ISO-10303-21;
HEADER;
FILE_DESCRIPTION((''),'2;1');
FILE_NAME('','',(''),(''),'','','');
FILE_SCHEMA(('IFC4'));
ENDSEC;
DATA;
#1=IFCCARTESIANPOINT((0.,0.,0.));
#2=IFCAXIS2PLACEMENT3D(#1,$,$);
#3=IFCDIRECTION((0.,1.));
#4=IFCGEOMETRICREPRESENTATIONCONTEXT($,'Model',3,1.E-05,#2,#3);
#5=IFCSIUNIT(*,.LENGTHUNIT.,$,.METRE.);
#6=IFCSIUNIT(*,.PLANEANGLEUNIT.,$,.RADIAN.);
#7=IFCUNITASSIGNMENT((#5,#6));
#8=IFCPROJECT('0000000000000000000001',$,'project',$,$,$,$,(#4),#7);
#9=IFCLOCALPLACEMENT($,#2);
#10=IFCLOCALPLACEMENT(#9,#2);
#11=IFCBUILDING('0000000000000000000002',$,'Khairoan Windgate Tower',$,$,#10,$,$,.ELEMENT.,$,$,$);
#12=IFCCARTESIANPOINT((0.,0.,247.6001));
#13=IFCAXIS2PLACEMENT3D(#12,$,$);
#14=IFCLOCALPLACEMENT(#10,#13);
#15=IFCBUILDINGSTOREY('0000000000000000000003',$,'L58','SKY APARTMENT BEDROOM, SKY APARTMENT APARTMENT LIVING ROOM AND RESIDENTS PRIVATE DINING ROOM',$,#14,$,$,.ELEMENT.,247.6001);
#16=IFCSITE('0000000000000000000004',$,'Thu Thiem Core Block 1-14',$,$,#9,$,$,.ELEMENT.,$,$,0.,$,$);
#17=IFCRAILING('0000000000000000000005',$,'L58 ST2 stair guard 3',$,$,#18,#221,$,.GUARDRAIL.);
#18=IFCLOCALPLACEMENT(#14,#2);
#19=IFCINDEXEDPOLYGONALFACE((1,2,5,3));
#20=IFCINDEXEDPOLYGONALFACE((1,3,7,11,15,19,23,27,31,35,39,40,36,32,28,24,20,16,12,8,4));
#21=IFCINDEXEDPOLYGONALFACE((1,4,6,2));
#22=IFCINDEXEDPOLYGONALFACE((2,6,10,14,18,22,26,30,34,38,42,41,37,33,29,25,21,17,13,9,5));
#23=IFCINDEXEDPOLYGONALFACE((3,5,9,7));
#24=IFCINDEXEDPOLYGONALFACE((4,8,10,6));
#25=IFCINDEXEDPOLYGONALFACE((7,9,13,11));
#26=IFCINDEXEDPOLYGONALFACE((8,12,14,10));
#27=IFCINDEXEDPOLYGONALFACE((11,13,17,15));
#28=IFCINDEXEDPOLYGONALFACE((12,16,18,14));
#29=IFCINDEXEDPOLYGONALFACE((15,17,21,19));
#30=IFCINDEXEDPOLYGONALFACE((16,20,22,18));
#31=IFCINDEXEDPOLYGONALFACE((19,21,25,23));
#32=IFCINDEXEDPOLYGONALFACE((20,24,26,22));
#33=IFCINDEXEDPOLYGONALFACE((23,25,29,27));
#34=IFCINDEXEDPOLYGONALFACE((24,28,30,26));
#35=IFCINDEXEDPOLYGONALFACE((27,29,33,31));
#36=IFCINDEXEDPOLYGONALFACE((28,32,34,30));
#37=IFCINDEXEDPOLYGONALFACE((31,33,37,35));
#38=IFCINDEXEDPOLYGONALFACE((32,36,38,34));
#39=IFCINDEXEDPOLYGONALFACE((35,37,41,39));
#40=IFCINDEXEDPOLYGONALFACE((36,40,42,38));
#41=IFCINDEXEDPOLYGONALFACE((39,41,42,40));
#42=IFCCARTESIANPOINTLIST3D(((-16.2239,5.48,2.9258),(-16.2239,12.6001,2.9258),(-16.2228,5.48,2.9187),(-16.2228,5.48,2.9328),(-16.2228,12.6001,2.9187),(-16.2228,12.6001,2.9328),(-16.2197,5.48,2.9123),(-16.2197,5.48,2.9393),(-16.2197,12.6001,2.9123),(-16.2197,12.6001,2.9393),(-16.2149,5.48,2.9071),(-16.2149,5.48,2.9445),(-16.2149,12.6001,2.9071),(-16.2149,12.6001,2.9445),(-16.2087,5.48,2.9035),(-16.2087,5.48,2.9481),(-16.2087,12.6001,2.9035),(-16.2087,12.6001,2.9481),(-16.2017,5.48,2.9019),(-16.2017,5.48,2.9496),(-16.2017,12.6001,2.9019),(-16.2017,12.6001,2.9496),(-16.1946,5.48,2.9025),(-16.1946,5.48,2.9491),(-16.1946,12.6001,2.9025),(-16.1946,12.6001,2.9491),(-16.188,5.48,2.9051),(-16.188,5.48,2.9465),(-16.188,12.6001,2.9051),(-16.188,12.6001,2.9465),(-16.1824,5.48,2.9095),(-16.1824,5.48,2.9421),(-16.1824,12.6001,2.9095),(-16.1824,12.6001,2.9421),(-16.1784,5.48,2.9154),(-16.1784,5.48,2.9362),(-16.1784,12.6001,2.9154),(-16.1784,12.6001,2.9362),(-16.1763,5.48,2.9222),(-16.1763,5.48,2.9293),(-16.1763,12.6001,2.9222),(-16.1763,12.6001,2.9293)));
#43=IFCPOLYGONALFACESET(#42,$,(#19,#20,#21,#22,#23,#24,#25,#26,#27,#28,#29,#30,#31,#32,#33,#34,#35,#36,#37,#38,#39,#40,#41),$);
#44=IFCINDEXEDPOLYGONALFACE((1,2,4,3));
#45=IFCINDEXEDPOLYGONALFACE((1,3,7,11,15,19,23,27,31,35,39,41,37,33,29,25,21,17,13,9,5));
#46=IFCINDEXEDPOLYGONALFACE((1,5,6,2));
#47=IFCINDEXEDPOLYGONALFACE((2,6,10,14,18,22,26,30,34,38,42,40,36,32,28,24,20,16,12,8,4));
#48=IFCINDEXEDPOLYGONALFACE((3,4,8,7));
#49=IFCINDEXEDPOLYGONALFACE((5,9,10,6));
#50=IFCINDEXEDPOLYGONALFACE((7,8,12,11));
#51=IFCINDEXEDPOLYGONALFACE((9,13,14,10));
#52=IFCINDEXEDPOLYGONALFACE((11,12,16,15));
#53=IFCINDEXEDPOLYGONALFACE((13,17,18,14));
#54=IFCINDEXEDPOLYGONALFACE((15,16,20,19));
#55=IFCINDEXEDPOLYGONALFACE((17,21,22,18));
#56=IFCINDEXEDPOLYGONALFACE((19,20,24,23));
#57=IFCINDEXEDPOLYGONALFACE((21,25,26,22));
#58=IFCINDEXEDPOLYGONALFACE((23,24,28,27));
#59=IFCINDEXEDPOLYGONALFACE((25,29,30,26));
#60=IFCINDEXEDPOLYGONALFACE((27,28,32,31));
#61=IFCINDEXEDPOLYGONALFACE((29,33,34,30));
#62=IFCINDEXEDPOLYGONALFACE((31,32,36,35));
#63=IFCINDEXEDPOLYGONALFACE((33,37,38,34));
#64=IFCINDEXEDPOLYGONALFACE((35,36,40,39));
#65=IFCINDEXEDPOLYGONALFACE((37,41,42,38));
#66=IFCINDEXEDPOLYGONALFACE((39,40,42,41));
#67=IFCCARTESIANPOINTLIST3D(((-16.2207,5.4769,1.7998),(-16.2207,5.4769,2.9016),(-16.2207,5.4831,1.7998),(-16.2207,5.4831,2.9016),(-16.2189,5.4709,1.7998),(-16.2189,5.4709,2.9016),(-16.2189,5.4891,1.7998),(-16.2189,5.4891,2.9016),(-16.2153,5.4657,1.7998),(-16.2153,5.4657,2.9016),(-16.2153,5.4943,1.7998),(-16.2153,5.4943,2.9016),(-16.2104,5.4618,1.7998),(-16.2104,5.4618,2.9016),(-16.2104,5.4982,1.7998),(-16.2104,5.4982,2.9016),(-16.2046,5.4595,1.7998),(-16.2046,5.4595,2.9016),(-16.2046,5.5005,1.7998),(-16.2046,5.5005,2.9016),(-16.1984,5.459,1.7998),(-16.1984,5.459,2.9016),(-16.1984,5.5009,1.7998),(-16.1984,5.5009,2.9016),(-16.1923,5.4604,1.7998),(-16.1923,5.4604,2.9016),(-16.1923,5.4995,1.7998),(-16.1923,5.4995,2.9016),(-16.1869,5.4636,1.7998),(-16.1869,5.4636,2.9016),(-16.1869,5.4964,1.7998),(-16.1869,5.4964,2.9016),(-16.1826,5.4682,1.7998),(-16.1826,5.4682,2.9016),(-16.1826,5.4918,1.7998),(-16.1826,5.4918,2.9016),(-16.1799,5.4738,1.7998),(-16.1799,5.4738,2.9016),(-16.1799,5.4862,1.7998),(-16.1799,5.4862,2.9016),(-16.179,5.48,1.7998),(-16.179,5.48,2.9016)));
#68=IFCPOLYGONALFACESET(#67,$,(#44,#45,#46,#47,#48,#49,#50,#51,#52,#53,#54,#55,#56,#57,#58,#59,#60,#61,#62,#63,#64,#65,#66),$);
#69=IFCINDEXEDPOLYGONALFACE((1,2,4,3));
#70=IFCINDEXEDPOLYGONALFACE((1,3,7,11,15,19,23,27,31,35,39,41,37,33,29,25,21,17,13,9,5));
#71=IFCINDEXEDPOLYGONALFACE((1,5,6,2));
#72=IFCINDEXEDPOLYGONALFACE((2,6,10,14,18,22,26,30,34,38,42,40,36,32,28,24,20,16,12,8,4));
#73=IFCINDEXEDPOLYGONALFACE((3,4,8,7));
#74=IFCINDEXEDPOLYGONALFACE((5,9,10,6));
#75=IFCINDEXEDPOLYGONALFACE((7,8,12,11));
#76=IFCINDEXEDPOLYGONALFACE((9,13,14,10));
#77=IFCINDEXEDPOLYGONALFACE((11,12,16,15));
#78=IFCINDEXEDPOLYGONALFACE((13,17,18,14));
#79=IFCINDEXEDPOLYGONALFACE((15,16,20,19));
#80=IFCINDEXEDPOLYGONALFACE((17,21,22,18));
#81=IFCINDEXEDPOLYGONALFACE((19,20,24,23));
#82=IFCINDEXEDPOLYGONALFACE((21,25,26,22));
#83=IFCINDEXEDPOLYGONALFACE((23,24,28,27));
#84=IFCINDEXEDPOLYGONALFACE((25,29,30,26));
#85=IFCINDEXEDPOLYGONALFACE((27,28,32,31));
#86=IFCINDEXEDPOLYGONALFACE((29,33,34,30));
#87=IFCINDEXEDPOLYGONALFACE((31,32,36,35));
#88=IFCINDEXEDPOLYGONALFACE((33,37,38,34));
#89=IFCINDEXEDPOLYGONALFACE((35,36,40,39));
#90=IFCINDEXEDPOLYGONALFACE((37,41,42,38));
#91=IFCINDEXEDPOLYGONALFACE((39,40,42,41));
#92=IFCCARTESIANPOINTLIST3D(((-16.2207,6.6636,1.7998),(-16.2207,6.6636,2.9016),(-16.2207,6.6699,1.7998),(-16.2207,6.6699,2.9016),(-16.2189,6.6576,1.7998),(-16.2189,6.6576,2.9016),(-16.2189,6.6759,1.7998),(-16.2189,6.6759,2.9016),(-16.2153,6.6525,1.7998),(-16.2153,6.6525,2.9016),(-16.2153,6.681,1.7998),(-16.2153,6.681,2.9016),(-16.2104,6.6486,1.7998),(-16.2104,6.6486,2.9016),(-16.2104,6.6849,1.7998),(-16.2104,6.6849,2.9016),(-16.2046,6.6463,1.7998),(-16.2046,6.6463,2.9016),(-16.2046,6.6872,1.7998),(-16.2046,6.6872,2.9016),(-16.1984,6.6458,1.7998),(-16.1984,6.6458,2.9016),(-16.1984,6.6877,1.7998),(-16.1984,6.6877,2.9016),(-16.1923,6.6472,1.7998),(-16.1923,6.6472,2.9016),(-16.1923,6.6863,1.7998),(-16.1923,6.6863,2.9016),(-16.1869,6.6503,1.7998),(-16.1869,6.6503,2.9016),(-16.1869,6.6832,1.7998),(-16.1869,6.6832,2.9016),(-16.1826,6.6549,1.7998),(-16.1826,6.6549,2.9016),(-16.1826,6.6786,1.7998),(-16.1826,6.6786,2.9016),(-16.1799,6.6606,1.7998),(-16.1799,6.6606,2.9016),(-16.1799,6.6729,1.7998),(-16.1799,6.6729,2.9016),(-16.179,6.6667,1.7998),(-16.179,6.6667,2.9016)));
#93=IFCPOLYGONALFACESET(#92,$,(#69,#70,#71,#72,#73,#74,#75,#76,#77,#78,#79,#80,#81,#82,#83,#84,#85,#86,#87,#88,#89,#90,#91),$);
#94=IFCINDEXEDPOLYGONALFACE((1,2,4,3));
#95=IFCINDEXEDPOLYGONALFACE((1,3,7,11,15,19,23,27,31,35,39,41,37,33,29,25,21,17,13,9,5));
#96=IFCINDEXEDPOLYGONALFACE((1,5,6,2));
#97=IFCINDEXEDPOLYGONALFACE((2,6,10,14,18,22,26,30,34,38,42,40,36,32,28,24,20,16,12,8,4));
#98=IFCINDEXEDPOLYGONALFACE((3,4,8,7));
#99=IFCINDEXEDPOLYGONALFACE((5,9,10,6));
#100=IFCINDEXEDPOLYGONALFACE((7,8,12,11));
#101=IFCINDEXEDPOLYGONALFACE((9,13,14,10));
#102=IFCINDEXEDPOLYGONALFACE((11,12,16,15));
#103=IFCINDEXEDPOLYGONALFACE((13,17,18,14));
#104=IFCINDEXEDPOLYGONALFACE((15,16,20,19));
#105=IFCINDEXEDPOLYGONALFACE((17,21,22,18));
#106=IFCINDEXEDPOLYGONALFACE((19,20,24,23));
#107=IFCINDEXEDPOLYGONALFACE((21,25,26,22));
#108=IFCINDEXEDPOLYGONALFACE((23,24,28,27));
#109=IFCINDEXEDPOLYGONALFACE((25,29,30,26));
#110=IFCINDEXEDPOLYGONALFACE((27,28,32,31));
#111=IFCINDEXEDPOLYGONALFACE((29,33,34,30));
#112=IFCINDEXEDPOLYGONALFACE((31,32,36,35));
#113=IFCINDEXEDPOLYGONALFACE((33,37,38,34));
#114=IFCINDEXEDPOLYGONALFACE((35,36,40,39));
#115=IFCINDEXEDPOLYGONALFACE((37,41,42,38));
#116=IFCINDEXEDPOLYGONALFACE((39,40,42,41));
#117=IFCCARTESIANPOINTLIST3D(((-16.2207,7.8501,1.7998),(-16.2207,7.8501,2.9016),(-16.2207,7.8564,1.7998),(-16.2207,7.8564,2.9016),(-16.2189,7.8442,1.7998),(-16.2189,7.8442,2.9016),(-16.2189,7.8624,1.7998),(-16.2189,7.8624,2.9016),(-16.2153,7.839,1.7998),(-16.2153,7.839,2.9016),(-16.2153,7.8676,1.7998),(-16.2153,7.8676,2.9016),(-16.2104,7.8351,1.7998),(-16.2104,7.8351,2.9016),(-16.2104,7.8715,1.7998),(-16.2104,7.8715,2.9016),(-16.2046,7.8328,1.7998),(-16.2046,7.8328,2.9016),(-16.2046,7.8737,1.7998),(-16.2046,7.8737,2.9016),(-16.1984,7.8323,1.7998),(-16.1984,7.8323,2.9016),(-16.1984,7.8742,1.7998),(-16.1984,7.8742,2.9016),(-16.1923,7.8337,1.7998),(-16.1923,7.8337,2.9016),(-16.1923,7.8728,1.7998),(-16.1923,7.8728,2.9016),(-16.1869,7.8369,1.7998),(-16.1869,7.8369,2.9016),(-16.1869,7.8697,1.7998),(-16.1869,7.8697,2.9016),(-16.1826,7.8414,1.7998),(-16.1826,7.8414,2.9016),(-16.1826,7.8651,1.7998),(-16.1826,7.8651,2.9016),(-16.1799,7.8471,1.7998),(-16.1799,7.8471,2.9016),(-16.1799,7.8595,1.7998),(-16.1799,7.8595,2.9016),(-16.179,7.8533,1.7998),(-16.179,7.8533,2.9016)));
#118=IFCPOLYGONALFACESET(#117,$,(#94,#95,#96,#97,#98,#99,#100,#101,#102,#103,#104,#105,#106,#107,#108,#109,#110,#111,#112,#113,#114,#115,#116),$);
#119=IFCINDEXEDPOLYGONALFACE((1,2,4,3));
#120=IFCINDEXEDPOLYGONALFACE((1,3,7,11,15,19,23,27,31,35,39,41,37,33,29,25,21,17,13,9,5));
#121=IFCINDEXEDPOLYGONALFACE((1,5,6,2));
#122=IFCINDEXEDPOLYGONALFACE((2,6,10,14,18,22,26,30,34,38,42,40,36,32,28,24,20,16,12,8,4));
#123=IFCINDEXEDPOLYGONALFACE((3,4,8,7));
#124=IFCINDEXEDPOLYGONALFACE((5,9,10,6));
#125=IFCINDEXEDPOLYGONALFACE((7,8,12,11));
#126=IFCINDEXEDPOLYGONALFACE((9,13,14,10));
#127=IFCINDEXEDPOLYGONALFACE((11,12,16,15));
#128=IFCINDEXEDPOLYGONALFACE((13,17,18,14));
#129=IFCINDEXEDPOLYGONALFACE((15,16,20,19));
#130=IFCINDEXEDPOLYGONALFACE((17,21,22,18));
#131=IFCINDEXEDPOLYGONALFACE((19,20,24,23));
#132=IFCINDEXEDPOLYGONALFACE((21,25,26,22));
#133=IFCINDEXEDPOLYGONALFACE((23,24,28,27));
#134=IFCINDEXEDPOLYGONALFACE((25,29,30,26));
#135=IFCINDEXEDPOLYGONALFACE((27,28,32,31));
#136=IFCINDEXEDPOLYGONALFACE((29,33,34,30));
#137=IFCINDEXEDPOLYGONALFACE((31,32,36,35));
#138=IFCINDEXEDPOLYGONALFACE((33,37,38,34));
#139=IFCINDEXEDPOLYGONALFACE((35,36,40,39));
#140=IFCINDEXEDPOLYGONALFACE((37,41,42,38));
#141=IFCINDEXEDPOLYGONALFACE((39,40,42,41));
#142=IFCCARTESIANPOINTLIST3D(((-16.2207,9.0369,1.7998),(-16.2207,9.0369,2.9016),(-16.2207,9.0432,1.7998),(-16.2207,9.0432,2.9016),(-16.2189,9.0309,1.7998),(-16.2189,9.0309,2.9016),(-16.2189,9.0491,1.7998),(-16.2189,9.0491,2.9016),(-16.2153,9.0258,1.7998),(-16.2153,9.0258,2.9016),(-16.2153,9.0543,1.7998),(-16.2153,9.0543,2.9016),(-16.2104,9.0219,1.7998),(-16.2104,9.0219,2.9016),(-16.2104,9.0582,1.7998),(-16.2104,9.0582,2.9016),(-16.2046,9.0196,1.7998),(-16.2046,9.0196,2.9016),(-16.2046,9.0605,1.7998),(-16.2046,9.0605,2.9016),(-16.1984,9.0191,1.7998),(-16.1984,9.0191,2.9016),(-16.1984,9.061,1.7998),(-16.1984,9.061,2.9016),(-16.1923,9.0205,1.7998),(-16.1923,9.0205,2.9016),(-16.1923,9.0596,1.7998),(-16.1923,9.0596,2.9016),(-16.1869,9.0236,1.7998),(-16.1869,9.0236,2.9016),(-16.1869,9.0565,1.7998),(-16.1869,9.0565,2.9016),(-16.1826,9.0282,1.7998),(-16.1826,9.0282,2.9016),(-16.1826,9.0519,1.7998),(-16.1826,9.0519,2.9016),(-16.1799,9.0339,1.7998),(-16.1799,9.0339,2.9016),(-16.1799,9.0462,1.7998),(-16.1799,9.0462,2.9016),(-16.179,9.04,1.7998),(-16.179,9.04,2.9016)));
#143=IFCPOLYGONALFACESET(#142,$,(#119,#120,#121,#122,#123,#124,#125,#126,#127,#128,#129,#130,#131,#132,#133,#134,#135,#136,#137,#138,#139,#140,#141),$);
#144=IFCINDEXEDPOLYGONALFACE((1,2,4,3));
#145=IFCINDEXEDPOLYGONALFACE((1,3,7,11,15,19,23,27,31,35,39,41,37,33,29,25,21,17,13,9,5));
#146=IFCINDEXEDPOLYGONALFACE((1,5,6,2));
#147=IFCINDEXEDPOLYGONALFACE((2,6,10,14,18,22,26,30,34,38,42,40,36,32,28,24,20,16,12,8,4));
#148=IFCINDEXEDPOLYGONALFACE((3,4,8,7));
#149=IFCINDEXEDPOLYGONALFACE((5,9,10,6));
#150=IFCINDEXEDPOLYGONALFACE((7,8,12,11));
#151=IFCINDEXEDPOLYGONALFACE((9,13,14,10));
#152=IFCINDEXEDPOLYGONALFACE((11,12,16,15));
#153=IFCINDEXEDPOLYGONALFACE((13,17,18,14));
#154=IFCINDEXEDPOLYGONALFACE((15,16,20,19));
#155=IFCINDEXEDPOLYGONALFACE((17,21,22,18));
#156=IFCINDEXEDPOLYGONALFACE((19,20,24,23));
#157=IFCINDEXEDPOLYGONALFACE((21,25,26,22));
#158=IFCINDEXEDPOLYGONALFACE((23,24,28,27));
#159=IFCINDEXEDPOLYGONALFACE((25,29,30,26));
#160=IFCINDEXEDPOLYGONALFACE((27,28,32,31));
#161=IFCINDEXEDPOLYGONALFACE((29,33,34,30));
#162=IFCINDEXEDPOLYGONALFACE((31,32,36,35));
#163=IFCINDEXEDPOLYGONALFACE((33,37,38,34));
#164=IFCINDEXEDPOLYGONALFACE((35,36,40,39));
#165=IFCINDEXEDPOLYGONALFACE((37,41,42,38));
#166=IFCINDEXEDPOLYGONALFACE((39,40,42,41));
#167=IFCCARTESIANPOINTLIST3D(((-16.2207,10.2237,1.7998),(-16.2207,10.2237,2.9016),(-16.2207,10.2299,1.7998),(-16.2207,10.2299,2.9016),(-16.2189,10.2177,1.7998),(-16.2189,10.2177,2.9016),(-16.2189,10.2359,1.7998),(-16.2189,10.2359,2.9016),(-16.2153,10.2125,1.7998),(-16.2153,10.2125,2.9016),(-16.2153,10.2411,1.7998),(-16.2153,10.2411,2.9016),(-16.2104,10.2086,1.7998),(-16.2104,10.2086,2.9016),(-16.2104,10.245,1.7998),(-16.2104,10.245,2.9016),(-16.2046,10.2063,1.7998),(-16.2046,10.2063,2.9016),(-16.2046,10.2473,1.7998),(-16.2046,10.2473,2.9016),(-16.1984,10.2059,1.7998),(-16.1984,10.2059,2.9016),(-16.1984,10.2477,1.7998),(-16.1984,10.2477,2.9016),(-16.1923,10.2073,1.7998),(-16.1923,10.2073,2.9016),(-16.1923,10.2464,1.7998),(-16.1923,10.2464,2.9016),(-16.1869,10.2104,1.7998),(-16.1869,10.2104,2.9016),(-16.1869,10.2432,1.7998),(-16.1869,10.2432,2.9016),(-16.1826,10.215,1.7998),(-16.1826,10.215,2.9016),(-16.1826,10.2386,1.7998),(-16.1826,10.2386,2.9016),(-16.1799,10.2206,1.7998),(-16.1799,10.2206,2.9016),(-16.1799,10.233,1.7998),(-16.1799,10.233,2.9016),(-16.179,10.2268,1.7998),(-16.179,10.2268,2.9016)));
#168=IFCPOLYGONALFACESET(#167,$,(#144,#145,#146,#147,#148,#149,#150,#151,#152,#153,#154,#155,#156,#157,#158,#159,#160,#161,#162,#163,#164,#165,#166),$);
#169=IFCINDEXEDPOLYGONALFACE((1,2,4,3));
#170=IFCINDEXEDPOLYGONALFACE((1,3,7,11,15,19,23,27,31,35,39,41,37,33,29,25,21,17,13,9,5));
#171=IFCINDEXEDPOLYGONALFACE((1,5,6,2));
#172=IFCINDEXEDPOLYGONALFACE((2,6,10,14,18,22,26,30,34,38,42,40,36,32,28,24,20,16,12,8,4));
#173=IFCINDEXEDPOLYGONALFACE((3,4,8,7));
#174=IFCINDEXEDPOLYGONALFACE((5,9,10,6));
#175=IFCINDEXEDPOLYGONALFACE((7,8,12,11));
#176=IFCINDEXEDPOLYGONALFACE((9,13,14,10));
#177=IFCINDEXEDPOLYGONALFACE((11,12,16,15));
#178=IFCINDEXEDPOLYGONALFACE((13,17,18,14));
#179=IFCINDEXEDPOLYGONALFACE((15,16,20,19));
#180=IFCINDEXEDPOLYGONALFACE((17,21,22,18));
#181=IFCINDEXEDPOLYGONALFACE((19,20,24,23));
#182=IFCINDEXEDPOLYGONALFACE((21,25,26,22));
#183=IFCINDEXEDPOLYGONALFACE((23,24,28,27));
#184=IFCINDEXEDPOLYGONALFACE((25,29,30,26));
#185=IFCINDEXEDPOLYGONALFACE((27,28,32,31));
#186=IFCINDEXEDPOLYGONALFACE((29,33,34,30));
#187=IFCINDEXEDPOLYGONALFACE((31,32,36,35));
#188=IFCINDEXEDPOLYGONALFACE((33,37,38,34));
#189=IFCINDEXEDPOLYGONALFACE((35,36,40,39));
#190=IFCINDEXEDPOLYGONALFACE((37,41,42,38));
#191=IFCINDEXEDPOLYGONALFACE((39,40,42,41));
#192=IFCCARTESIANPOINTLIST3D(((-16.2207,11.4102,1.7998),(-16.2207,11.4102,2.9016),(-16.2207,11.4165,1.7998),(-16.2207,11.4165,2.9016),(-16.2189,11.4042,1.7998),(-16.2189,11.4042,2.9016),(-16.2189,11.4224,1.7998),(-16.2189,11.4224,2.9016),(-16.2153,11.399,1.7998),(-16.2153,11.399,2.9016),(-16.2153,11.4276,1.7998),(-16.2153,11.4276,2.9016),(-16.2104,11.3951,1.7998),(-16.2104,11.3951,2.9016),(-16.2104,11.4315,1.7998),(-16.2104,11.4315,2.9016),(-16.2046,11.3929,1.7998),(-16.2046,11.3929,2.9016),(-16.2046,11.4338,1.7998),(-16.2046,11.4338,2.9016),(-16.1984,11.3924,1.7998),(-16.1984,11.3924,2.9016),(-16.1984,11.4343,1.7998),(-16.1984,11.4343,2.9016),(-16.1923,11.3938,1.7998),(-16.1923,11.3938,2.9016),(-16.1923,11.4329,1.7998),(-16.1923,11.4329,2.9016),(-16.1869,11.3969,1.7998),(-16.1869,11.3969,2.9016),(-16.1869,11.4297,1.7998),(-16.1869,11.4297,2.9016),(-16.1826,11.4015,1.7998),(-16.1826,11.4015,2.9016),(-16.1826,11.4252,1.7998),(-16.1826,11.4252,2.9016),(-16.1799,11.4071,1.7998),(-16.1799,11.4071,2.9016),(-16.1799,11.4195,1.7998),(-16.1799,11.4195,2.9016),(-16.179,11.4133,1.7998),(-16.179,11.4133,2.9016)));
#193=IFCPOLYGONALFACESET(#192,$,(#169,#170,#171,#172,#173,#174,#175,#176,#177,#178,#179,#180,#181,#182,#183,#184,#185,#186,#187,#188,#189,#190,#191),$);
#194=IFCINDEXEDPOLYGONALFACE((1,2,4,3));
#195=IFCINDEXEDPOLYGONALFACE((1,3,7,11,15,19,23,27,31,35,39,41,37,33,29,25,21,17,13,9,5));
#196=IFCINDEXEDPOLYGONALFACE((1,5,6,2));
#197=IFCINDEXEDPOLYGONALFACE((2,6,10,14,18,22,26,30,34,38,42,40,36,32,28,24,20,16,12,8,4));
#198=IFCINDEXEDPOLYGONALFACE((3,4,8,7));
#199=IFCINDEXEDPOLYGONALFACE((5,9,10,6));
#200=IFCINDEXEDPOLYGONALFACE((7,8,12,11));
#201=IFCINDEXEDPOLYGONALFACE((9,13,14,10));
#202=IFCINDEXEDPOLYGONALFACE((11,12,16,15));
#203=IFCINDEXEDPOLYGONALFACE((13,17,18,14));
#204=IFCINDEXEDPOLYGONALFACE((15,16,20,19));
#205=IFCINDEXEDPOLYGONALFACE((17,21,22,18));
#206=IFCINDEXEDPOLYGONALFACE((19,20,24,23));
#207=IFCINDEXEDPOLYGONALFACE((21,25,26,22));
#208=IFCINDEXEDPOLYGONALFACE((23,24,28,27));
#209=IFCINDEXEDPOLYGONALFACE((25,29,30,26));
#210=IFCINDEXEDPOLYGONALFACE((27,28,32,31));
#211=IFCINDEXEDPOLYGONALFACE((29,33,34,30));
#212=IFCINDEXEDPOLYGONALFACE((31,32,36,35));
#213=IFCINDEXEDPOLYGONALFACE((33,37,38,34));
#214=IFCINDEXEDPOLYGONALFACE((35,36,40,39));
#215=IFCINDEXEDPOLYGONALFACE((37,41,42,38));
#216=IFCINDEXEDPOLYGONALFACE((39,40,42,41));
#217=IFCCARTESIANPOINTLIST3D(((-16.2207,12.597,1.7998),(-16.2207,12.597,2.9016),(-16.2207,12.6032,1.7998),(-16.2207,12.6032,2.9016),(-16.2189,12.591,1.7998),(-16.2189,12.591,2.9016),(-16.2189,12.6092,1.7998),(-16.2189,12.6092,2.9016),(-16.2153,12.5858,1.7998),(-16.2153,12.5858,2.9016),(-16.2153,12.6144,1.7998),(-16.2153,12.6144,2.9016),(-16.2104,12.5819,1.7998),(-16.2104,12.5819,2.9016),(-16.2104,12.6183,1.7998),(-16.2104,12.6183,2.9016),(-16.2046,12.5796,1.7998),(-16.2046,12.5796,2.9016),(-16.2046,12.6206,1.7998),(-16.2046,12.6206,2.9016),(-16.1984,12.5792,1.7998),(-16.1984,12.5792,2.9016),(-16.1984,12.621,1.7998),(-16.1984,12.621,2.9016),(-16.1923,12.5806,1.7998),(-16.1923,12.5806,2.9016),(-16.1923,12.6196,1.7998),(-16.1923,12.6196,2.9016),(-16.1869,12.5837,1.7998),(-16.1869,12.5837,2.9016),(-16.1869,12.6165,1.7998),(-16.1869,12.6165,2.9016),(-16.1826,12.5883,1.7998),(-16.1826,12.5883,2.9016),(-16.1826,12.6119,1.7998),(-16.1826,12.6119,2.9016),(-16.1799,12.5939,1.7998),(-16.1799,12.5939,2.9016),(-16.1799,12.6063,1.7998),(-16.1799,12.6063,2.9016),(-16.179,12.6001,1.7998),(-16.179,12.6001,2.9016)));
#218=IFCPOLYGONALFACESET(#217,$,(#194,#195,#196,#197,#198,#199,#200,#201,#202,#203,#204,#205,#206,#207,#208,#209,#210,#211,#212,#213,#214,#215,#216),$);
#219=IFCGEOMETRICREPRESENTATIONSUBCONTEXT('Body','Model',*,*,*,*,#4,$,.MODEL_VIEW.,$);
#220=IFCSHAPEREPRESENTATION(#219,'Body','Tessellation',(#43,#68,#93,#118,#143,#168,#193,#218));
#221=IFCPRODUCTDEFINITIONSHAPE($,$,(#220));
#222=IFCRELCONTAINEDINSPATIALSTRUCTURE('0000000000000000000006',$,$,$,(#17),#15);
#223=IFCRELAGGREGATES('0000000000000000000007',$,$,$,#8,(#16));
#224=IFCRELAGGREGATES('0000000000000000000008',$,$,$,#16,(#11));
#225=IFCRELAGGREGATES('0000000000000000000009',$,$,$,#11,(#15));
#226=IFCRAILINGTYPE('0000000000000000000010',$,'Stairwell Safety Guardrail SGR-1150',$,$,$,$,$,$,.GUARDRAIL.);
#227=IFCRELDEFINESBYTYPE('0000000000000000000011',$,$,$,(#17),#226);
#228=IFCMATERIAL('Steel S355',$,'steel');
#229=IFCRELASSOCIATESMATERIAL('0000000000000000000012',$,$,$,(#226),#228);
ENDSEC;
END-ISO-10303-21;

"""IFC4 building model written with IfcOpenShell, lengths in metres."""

from ifc_helpers import new_model, si_unit, direction, frame, origin, origin_2d, place, context, subcontext, project, spatial, circle, extrude, material, type_object, element, save


model = new_model("IFC4")

# Units and contexts
model_context = context("Model", 3, precision=1e-05, world=origin(), true_north=direction((0.0, 1.0)))
body_context = subcontext(model_context, "Body", "Model", "MODEL_VIEW")
ifc_project = project(units=[si_unit("LENGTHUNIT", "METRE"), si_unit("PLANEANGLEUNIT", "RADIAN")], contexts=[model_context])

# Site, building, storey
site_placement = place(None, origin())
site = spatial("IfcSite", under=ifc_project, at=site_placement, Name="Thu Thiem Core Block 1-14", CompositionType="ELEMENT", RefElevation=0.0)
building_placement = place(site_placement, origin())
building = spatial("IfcBuilding", under=site, at=building_placement, Name="Khairoan Windgate Tower", CompositionType="ELEMENT")
storey_placement = place(building_placement, frame((0.0, 0.0, 247.6001)))
storey = spatial("IfcBuildingStorey", under=building, at=storey_placement, Name="L58", Description="SKY APARTMENT BEDROOM, SKY APARTMENT APARTMENT LIVING ROOM AND RESIDENTS PRIVATE DINING ROOM", CompositionType="ELEMENT", Elevation=247.6001)

# Railing
ifc_material_1 = material(Name="Steel S355", Category="steel")
railing_type_1 = type_object("IfcRailingType", Name="Stairwell Safety Guardrail SGR-1150", PredefinedType="GUARDRAIL", material=ifc_material_1)
railing_1_placement = place(storey_placement, frame((-16.2, 5.48, 1.7998)))
element("IfcRailing", 1, at=railing_1_placement, inside=storey, type_object=railing_type_1, Name="L58 ST2 stair guard 3", PredefinedType="GUARDRAIL", context=body_context, shape_type="SweptSolid", body=[
    extrude(circle(Radius=0.0239, at=origin_2d()), frame((0.0, 0.0, 1.126), z_axis=(0.0, 1.0, 0.0), x_axis=(-1.0, 0.0, 0.0)), (0.0, 0.0, 1.0), 7.1201),
    extrude(circle(Radius=0.021, at=origin_2d()), origin(), (0.0, 0.0, 1.0), 1.1018),
    extrude(circle(Radius=0.021, at=origin_2d()), frame((0.0, 1.1868, 0.0)), (0.0, 0.0, 1.0), 1.1018),
    extrude(circle(Radius=0.021, at=origin_2d()), frame((0.0, 2.3733, 0.0)), (0.0, 0.0, 1.0), 1.1018),
    extrude(circle(Radius=0.021, at=origin_2d()), frame((0.0, 3.5601, 0.0)), (0.0, 0.0, 1.0), 1.1018),
    extrude(circle(Radius=0.021, at=origin_2d()), frame((0.0, 4.7468, 0.0)), (0.0, 0.0, 1.0), 1.1018),
    extrude(circle(Radius=0.021, at=origin_2d()), frame((0.0, 5.9333, 0.0)), (0.0, 0.0, 1.0), 1.1018),
    extrude(circle(Radius=0.021, at=origin_2d()), frame((0.0, 7.1201, 0.0)), (0.0, 0.0, 1.0), 1.1018),
])

save(model, "model.ifc")
